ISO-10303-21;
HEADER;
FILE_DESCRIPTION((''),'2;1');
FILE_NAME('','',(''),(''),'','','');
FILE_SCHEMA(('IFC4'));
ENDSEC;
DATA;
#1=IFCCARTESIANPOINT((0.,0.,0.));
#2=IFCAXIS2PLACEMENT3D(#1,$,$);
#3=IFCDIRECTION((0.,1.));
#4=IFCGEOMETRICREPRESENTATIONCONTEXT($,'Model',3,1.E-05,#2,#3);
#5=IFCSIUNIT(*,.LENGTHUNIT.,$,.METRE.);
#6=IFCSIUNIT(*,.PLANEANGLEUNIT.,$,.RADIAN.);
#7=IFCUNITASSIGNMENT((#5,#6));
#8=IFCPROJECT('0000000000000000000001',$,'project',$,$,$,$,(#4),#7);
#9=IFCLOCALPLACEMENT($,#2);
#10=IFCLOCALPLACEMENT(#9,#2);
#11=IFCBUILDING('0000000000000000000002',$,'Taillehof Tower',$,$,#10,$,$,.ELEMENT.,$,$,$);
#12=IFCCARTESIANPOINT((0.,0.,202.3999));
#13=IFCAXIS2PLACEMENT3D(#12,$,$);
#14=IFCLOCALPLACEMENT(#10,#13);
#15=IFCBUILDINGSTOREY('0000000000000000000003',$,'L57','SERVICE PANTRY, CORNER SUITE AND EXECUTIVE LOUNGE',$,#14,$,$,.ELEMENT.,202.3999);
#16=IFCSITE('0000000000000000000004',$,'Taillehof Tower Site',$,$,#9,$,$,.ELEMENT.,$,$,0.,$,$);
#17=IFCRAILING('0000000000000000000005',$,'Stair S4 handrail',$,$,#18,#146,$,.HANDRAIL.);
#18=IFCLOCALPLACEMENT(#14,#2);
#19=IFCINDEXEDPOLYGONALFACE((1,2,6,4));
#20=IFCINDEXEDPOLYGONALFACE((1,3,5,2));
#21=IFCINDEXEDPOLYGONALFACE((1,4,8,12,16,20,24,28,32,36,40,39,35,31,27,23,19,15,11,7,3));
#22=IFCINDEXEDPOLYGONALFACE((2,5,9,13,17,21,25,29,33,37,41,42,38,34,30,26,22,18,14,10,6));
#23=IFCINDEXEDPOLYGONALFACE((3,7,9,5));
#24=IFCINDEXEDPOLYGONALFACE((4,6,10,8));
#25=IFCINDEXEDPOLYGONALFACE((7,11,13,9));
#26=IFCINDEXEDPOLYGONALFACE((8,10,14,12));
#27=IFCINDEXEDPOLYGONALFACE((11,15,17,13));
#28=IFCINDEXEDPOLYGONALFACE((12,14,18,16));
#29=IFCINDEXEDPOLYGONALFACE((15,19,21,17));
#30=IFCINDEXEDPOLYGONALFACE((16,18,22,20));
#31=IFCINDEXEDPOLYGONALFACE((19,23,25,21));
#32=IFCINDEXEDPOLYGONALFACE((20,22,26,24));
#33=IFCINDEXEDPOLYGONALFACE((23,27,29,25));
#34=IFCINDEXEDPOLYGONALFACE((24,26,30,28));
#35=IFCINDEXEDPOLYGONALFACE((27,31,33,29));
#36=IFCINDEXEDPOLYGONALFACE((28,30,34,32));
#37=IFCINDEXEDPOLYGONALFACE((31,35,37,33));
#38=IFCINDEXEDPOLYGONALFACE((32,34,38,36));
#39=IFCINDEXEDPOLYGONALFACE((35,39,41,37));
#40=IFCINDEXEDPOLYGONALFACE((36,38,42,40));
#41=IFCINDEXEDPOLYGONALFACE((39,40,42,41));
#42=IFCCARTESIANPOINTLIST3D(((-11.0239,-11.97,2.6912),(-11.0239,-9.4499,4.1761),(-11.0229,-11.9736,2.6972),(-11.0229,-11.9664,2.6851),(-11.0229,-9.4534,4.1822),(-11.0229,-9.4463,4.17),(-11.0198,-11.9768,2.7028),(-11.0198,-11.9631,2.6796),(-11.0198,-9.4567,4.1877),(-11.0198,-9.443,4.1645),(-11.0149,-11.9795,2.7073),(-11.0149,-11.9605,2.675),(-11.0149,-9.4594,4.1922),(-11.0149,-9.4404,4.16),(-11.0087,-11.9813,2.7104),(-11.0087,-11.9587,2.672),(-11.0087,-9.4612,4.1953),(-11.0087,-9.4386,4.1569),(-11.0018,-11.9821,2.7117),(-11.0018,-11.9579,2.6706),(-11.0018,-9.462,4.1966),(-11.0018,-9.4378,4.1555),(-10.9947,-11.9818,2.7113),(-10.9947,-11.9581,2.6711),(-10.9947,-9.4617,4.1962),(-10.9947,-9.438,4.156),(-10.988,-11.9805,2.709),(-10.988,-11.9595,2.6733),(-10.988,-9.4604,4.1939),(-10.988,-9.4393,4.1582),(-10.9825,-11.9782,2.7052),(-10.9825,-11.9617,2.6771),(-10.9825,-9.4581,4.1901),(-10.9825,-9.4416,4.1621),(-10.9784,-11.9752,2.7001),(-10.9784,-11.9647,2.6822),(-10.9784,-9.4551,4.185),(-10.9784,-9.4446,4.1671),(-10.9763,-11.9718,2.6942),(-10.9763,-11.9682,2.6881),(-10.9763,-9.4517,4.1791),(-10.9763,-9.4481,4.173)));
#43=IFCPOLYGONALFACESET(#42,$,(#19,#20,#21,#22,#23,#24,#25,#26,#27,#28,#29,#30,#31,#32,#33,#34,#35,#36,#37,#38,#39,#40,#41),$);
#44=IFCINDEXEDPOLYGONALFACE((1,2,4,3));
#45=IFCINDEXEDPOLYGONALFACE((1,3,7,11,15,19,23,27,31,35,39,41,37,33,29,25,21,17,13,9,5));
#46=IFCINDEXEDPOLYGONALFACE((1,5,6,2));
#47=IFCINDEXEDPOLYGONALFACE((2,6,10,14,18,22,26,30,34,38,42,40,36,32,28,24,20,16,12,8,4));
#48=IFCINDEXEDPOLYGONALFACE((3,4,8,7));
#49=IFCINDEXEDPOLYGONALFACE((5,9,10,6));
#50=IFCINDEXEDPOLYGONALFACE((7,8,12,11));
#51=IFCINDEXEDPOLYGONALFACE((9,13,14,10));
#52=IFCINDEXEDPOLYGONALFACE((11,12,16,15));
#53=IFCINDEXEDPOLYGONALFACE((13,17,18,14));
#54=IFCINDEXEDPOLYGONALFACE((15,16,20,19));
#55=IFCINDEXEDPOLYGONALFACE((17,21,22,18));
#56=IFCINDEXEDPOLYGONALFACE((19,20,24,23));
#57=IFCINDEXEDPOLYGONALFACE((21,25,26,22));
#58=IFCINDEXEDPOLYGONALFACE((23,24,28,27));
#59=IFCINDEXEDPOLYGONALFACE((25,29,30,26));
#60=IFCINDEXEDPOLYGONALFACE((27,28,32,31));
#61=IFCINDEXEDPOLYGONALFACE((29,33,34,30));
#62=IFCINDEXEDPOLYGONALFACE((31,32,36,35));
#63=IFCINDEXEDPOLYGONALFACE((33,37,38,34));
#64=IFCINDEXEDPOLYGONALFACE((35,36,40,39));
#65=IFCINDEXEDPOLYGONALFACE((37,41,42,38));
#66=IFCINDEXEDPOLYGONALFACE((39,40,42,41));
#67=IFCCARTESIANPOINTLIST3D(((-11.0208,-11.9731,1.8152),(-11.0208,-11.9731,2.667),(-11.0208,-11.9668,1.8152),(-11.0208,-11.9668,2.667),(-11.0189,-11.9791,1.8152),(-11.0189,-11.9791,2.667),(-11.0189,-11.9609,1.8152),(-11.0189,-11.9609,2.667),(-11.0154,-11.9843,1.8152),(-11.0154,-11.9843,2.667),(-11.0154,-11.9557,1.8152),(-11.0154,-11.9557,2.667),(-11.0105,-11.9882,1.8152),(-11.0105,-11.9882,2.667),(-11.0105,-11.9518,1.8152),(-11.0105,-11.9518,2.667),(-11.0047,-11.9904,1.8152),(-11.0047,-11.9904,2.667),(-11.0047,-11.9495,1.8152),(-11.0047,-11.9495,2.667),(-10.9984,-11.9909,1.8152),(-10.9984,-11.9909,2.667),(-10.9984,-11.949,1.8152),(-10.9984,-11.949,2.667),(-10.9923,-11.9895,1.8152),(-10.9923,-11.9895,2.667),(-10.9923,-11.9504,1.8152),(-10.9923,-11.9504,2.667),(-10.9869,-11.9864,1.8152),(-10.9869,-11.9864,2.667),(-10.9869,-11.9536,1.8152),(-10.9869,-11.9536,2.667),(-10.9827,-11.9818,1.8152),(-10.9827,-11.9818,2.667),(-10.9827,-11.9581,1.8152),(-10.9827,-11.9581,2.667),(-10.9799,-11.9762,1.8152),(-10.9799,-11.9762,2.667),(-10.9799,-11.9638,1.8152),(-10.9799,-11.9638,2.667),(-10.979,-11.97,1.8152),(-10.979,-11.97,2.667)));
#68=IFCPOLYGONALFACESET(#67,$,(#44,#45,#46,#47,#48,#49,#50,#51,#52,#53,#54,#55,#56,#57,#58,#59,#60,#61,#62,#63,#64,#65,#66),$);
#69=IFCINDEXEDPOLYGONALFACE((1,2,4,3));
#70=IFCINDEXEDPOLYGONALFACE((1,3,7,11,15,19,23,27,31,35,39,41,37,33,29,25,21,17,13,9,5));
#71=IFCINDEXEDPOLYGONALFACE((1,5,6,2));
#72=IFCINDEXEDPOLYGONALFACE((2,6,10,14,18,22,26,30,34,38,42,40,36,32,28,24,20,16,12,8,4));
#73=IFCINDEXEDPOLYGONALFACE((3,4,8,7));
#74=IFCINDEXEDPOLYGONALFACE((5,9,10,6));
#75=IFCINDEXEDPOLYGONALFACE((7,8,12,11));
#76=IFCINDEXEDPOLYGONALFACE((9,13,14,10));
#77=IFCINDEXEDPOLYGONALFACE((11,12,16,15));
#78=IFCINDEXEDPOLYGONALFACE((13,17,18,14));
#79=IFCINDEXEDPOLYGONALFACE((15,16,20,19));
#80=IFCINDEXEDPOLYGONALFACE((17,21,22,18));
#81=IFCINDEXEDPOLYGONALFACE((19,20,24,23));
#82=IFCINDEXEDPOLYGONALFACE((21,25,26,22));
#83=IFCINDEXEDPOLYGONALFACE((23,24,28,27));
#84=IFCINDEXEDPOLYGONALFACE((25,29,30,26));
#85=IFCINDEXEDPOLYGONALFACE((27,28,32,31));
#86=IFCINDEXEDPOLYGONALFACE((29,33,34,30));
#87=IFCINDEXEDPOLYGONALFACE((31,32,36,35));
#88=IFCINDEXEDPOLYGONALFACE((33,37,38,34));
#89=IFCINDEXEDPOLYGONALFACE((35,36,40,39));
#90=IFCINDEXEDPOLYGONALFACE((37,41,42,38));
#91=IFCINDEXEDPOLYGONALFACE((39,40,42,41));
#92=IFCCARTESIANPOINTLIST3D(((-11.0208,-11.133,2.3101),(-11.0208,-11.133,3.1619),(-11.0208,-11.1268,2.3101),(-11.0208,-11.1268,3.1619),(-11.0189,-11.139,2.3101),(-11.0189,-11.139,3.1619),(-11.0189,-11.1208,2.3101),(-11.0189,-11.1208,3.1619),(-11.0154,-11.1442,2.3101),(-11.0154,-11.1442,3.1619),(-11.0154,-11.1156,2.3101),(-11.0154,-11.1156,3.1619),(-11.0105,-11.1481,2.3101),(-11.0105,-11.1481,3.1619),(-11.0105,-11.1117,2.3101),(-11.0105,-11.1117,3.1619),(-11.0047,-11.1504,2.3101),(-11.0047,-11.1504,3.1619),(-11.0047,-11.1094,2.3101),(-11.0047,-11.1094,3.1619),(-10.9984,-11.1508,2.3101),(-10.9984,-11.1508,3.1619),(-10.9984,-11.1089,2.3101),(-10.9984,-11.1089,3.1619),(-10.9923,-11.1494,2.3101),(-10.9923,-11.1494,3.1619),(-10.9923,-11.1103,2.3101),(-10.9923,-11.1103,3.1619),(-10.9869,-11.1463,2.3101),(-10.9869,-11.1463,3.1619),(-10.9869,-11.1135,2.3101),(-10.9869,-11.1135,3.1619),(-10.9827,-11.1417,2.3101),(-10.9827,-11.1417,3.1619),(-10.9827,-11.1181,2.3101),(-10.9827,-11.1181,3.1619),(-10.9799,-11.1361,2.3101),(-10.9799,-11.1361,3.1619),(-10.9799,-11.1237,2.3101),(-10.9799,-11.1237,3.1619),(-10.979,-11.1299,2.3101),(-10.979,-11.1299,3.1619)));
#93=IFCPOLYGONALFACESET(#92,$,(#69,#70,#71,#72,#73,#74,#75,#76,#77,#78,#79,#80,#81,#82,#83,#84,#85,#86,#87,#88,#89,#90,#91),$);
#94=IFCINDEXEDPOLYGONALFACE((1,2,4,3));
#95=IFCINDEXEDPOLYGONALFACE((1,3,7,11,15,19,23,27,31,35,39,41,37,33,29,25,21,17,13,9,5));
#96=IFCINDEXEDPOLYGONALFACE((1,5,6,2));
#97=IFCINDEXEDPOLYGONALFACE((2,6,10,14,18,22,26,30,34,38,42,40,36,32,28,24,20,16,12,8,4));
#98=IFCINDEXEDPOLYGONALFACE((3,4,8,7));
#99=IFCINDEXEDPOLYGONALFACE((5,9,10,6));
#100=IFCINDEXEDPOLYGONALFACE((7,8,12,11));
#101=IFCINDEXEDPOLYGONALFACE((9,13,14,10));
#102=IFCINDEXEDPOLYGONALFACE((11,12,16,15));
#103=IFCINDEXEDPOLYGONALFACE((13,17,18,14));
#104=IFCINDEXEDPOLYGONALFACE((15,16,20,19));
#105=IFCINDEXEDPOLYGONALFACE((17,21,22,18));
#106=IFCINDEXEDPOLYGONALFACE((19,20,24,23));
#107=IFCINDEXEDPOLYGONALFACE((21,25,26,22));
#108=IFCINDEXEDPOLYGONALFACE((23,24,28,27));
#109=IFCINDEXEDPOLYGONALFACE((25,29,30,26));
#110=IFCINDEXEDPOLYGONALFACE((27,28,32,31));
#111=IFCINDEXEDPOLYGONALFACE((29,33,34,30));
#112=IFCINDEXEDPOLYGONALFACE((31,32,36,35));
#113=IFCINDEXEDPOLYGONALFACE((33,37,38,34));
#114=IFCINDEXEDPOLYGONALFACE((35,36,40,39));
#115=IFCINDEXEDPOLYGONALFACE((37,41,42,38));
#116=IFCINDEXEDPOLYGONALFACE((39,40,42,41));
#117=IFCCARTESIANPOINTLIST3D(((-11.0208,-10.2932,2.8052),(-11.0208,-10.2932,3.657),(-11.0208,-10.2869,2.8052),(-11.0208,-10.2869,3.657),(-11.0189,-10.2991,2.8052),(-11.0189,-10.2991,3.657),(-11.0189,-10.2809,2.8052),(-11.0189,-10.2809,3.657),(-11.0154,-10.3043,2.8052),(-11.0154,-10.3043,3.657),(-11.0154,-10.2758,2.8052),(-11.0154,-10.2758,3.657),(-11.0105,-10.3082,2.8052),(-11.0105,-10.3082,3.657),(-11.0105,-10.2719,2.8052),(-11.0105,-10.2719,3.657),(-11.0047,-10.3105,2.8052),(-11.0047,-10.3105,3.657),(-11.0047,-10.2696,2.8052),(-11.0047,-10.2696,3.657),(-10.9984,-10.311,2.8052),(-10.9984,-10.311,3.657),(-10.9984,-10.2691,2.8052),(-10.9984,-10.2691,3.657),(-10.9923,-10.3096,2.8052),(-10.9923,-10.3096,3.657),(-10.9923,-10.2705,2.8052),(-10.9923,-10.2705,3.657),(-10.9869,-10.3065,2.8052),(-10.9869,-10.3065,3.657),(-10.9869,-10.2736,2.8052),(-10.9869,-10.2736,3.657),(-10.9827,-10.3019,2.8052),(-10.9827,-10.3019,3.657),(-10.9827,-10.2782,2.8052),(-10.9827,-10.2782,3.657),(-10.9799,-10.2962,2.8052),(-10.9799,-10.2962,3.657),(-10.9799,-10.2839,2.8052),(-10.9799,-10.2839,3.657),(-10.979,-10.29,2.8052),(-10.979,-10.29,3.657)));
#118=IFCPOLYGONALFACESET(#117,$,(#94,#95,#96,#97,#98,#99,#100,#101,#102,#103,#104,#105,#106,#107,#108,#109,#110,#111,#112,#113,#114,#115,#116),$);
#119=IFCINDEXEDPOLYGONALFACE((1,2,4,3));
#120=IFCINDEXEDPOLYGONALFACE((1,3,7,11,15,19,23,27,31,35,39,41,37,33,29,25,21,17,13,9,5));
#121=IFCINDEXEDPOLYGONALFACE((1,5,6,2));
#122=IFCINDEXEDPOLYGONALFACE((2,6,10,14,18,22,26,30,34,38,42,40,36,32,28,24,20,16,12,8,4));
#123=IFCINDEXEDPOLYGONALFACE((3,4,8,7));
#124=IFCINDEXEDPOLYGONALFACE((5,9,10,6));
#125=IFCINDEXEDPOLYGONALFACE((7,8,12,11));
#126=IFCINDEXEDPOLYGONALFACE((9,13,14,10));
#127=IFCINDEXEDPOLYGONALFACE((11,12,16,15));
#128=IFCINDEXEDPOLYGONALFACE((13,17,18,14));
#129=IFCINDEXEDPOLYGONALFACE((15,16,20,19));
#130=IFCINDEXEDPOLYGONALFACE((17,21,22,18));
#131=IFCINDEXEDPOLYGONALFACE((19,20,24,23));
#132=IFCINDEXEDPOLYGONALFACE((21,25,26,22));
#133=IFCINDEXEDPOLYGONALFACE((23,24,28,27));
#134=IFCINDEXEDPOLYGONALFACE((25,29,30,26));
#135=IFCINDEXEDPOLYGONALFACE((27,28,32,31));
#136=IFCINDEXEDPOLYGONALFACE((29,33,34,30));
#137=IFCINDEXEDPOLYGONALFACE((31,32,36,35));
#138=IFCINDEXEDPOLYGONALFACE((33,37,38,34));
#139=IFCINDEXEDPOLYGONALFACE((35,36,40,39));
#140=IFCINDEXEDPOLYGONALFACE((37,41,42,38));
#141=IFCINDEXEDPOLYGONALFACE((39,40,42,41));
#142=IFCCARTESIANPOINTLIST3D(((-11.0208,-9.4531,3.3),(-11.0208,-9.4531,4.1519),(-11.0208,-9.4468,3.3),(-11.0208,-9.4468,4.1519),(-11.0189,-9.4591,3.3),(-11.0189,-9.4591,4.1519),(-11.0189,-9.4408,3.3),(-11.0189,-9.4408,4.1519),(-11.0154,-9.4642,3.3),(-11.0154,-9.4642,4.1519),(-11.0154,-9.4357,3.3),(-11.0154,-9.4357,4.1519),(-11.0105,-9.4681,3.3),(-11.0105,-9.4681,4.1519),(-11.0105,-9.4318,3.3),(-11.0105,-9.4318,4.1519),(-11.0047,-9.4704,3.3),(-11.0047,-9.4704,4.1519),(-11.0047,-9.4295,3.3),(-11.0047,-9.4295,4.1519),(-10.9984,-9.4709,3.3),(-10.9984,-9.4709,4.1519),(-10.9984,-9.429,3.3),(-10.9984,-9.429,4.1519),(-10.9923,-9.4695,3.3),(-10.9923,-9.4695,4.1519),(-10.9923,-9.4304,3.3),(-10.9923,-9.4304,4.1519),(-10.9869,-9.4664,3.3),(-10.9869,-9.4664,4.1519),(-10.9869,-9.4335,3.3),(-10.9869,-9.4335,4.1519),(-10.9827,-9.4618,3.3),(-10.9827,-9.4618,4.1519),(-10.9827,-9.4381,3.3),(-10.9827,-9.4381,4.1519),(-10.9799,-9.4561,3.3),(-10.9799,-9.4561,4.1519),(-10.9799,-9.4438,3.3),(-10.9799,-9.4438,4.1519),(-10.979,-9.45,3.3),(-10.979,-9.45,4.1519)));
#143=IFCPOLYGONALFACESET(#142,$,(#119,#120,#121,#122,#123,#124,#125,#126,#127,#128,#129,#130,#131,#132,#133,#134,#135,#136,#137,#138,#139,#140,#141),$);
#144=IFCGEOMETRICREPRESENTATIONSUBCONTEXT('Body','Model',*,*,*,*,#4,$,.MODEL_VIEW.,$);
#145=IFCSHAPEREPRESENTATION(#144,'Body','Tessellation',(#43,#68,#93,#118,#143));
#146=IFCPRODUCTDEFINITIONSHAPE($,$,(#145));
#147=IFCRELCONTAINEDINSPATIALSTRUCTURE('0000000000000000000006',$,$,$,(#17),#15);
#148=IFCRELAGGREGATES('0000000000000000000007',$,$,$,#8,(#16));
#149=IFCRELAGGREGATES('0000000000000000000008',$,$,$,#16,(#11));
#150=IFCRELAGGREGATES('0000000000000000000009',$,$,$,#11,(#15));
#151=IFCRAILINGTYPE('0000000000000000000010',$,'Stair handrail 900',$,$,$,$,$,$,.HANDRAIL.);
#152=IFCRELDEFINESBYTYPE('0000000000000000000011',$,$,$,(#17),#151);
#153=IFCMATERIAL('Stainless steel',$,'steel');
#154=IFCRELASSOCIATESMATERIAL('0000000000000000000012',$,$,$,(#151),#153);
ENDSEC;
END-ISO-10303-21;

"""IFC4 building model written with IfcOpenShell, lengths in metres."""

from ifc_helpers import new_model, si_unit, direction, frame, origin, origin_2d, place, context, subcontext, project, spatial, circle, extrude, material, type_object, element, save


model = new_model("IFC4")

# Units and contexts
model_context = context("Model", 3, precision=1e-05, world=origin(), true_north=direction((0.0, 1.0)))
body_context = subcontext(model_context, "Body", "Model", "MODEL_VIEW")
ifc_project = project(units=[si_unit("LENGTHUNIT", "METRE"), si_unit("PLANEANGLEUNIT", "RADIAN")], contexts=[model_context])

# Site, building, storey
site_placement = place(None, origin())
site = spatial("IfcSite", under=ifc_project, at=site_placement, Name="Taillehof Tower Site", CompositionType="ELEMENT", RefElevation=0.0)
building_placement = place(site_placement, origin())
building = spatial("IfcBuilding", under=site, at=building_placement, Name="Taillehof Tower", CompositionType="ELEMENT")
storey_placement = place(building_placement, frame((0.0, 0.0, 202.3999)))
storey = spatial("IfcBuildingStorey", under=building, at=storey_placement, Name="L57", Description="SERVICE PANTRY, CORNER SUITE AND EXECUTIVE LOUNGE", CompositionType="ELEMENT", Elevation=202.3999)

# Railing
ifc_material_1 = material(Name="Stainless steel", Category="steel")
railing_type = type_object("IfcRailingType", Name="Stair handrail 900", PredefinedType="HANDRAIL", material=ifc_material_1)
railing_placement = place(storey_placement, frame((-11.0, -11.97, 1.8152)))
element("IfcRailing", 1, at=railing_placement, inside=storey, type_object=railing_type, Name="Stair S4 handrail", PredefinedType="HANDRAIL", context=body_context, shape_type="SweptSolid", body=[
    extrude(circle(Radius=0.0239, at=origin_2d()), frame((0.0, 0.0, 0.876), z_axis=(0.0, 0.861561, 0.507655), x_axis=(-1.0, 0.0, 0.0)), (0.0, 0.0, 1.0), 2.925),
    extrude(circle(Radius=0.021, at=origin_2d()), origin(), (0.0, 0.0, 1.0), 0.8518),
    extrude(circle(Radius=0.021, at=origin_2d()), frame((0.0, 0.8401, 0.4949)), (0.0, 0.0, 1.0), 0.8518),
    extrude(circle(Radius=0.021, at=origin_2d()), frame((0.0, 1.6799, 0.99)), (0.0, 0.0, 1.0), 0.8518),
    extrude(circle(Radius=0.021, at=origin_2d()), frame((0.0, 2.52, 1.4849)), (0.0, 0.0, 1.0), 0.8518),
])

save(model, "model.ifc")
